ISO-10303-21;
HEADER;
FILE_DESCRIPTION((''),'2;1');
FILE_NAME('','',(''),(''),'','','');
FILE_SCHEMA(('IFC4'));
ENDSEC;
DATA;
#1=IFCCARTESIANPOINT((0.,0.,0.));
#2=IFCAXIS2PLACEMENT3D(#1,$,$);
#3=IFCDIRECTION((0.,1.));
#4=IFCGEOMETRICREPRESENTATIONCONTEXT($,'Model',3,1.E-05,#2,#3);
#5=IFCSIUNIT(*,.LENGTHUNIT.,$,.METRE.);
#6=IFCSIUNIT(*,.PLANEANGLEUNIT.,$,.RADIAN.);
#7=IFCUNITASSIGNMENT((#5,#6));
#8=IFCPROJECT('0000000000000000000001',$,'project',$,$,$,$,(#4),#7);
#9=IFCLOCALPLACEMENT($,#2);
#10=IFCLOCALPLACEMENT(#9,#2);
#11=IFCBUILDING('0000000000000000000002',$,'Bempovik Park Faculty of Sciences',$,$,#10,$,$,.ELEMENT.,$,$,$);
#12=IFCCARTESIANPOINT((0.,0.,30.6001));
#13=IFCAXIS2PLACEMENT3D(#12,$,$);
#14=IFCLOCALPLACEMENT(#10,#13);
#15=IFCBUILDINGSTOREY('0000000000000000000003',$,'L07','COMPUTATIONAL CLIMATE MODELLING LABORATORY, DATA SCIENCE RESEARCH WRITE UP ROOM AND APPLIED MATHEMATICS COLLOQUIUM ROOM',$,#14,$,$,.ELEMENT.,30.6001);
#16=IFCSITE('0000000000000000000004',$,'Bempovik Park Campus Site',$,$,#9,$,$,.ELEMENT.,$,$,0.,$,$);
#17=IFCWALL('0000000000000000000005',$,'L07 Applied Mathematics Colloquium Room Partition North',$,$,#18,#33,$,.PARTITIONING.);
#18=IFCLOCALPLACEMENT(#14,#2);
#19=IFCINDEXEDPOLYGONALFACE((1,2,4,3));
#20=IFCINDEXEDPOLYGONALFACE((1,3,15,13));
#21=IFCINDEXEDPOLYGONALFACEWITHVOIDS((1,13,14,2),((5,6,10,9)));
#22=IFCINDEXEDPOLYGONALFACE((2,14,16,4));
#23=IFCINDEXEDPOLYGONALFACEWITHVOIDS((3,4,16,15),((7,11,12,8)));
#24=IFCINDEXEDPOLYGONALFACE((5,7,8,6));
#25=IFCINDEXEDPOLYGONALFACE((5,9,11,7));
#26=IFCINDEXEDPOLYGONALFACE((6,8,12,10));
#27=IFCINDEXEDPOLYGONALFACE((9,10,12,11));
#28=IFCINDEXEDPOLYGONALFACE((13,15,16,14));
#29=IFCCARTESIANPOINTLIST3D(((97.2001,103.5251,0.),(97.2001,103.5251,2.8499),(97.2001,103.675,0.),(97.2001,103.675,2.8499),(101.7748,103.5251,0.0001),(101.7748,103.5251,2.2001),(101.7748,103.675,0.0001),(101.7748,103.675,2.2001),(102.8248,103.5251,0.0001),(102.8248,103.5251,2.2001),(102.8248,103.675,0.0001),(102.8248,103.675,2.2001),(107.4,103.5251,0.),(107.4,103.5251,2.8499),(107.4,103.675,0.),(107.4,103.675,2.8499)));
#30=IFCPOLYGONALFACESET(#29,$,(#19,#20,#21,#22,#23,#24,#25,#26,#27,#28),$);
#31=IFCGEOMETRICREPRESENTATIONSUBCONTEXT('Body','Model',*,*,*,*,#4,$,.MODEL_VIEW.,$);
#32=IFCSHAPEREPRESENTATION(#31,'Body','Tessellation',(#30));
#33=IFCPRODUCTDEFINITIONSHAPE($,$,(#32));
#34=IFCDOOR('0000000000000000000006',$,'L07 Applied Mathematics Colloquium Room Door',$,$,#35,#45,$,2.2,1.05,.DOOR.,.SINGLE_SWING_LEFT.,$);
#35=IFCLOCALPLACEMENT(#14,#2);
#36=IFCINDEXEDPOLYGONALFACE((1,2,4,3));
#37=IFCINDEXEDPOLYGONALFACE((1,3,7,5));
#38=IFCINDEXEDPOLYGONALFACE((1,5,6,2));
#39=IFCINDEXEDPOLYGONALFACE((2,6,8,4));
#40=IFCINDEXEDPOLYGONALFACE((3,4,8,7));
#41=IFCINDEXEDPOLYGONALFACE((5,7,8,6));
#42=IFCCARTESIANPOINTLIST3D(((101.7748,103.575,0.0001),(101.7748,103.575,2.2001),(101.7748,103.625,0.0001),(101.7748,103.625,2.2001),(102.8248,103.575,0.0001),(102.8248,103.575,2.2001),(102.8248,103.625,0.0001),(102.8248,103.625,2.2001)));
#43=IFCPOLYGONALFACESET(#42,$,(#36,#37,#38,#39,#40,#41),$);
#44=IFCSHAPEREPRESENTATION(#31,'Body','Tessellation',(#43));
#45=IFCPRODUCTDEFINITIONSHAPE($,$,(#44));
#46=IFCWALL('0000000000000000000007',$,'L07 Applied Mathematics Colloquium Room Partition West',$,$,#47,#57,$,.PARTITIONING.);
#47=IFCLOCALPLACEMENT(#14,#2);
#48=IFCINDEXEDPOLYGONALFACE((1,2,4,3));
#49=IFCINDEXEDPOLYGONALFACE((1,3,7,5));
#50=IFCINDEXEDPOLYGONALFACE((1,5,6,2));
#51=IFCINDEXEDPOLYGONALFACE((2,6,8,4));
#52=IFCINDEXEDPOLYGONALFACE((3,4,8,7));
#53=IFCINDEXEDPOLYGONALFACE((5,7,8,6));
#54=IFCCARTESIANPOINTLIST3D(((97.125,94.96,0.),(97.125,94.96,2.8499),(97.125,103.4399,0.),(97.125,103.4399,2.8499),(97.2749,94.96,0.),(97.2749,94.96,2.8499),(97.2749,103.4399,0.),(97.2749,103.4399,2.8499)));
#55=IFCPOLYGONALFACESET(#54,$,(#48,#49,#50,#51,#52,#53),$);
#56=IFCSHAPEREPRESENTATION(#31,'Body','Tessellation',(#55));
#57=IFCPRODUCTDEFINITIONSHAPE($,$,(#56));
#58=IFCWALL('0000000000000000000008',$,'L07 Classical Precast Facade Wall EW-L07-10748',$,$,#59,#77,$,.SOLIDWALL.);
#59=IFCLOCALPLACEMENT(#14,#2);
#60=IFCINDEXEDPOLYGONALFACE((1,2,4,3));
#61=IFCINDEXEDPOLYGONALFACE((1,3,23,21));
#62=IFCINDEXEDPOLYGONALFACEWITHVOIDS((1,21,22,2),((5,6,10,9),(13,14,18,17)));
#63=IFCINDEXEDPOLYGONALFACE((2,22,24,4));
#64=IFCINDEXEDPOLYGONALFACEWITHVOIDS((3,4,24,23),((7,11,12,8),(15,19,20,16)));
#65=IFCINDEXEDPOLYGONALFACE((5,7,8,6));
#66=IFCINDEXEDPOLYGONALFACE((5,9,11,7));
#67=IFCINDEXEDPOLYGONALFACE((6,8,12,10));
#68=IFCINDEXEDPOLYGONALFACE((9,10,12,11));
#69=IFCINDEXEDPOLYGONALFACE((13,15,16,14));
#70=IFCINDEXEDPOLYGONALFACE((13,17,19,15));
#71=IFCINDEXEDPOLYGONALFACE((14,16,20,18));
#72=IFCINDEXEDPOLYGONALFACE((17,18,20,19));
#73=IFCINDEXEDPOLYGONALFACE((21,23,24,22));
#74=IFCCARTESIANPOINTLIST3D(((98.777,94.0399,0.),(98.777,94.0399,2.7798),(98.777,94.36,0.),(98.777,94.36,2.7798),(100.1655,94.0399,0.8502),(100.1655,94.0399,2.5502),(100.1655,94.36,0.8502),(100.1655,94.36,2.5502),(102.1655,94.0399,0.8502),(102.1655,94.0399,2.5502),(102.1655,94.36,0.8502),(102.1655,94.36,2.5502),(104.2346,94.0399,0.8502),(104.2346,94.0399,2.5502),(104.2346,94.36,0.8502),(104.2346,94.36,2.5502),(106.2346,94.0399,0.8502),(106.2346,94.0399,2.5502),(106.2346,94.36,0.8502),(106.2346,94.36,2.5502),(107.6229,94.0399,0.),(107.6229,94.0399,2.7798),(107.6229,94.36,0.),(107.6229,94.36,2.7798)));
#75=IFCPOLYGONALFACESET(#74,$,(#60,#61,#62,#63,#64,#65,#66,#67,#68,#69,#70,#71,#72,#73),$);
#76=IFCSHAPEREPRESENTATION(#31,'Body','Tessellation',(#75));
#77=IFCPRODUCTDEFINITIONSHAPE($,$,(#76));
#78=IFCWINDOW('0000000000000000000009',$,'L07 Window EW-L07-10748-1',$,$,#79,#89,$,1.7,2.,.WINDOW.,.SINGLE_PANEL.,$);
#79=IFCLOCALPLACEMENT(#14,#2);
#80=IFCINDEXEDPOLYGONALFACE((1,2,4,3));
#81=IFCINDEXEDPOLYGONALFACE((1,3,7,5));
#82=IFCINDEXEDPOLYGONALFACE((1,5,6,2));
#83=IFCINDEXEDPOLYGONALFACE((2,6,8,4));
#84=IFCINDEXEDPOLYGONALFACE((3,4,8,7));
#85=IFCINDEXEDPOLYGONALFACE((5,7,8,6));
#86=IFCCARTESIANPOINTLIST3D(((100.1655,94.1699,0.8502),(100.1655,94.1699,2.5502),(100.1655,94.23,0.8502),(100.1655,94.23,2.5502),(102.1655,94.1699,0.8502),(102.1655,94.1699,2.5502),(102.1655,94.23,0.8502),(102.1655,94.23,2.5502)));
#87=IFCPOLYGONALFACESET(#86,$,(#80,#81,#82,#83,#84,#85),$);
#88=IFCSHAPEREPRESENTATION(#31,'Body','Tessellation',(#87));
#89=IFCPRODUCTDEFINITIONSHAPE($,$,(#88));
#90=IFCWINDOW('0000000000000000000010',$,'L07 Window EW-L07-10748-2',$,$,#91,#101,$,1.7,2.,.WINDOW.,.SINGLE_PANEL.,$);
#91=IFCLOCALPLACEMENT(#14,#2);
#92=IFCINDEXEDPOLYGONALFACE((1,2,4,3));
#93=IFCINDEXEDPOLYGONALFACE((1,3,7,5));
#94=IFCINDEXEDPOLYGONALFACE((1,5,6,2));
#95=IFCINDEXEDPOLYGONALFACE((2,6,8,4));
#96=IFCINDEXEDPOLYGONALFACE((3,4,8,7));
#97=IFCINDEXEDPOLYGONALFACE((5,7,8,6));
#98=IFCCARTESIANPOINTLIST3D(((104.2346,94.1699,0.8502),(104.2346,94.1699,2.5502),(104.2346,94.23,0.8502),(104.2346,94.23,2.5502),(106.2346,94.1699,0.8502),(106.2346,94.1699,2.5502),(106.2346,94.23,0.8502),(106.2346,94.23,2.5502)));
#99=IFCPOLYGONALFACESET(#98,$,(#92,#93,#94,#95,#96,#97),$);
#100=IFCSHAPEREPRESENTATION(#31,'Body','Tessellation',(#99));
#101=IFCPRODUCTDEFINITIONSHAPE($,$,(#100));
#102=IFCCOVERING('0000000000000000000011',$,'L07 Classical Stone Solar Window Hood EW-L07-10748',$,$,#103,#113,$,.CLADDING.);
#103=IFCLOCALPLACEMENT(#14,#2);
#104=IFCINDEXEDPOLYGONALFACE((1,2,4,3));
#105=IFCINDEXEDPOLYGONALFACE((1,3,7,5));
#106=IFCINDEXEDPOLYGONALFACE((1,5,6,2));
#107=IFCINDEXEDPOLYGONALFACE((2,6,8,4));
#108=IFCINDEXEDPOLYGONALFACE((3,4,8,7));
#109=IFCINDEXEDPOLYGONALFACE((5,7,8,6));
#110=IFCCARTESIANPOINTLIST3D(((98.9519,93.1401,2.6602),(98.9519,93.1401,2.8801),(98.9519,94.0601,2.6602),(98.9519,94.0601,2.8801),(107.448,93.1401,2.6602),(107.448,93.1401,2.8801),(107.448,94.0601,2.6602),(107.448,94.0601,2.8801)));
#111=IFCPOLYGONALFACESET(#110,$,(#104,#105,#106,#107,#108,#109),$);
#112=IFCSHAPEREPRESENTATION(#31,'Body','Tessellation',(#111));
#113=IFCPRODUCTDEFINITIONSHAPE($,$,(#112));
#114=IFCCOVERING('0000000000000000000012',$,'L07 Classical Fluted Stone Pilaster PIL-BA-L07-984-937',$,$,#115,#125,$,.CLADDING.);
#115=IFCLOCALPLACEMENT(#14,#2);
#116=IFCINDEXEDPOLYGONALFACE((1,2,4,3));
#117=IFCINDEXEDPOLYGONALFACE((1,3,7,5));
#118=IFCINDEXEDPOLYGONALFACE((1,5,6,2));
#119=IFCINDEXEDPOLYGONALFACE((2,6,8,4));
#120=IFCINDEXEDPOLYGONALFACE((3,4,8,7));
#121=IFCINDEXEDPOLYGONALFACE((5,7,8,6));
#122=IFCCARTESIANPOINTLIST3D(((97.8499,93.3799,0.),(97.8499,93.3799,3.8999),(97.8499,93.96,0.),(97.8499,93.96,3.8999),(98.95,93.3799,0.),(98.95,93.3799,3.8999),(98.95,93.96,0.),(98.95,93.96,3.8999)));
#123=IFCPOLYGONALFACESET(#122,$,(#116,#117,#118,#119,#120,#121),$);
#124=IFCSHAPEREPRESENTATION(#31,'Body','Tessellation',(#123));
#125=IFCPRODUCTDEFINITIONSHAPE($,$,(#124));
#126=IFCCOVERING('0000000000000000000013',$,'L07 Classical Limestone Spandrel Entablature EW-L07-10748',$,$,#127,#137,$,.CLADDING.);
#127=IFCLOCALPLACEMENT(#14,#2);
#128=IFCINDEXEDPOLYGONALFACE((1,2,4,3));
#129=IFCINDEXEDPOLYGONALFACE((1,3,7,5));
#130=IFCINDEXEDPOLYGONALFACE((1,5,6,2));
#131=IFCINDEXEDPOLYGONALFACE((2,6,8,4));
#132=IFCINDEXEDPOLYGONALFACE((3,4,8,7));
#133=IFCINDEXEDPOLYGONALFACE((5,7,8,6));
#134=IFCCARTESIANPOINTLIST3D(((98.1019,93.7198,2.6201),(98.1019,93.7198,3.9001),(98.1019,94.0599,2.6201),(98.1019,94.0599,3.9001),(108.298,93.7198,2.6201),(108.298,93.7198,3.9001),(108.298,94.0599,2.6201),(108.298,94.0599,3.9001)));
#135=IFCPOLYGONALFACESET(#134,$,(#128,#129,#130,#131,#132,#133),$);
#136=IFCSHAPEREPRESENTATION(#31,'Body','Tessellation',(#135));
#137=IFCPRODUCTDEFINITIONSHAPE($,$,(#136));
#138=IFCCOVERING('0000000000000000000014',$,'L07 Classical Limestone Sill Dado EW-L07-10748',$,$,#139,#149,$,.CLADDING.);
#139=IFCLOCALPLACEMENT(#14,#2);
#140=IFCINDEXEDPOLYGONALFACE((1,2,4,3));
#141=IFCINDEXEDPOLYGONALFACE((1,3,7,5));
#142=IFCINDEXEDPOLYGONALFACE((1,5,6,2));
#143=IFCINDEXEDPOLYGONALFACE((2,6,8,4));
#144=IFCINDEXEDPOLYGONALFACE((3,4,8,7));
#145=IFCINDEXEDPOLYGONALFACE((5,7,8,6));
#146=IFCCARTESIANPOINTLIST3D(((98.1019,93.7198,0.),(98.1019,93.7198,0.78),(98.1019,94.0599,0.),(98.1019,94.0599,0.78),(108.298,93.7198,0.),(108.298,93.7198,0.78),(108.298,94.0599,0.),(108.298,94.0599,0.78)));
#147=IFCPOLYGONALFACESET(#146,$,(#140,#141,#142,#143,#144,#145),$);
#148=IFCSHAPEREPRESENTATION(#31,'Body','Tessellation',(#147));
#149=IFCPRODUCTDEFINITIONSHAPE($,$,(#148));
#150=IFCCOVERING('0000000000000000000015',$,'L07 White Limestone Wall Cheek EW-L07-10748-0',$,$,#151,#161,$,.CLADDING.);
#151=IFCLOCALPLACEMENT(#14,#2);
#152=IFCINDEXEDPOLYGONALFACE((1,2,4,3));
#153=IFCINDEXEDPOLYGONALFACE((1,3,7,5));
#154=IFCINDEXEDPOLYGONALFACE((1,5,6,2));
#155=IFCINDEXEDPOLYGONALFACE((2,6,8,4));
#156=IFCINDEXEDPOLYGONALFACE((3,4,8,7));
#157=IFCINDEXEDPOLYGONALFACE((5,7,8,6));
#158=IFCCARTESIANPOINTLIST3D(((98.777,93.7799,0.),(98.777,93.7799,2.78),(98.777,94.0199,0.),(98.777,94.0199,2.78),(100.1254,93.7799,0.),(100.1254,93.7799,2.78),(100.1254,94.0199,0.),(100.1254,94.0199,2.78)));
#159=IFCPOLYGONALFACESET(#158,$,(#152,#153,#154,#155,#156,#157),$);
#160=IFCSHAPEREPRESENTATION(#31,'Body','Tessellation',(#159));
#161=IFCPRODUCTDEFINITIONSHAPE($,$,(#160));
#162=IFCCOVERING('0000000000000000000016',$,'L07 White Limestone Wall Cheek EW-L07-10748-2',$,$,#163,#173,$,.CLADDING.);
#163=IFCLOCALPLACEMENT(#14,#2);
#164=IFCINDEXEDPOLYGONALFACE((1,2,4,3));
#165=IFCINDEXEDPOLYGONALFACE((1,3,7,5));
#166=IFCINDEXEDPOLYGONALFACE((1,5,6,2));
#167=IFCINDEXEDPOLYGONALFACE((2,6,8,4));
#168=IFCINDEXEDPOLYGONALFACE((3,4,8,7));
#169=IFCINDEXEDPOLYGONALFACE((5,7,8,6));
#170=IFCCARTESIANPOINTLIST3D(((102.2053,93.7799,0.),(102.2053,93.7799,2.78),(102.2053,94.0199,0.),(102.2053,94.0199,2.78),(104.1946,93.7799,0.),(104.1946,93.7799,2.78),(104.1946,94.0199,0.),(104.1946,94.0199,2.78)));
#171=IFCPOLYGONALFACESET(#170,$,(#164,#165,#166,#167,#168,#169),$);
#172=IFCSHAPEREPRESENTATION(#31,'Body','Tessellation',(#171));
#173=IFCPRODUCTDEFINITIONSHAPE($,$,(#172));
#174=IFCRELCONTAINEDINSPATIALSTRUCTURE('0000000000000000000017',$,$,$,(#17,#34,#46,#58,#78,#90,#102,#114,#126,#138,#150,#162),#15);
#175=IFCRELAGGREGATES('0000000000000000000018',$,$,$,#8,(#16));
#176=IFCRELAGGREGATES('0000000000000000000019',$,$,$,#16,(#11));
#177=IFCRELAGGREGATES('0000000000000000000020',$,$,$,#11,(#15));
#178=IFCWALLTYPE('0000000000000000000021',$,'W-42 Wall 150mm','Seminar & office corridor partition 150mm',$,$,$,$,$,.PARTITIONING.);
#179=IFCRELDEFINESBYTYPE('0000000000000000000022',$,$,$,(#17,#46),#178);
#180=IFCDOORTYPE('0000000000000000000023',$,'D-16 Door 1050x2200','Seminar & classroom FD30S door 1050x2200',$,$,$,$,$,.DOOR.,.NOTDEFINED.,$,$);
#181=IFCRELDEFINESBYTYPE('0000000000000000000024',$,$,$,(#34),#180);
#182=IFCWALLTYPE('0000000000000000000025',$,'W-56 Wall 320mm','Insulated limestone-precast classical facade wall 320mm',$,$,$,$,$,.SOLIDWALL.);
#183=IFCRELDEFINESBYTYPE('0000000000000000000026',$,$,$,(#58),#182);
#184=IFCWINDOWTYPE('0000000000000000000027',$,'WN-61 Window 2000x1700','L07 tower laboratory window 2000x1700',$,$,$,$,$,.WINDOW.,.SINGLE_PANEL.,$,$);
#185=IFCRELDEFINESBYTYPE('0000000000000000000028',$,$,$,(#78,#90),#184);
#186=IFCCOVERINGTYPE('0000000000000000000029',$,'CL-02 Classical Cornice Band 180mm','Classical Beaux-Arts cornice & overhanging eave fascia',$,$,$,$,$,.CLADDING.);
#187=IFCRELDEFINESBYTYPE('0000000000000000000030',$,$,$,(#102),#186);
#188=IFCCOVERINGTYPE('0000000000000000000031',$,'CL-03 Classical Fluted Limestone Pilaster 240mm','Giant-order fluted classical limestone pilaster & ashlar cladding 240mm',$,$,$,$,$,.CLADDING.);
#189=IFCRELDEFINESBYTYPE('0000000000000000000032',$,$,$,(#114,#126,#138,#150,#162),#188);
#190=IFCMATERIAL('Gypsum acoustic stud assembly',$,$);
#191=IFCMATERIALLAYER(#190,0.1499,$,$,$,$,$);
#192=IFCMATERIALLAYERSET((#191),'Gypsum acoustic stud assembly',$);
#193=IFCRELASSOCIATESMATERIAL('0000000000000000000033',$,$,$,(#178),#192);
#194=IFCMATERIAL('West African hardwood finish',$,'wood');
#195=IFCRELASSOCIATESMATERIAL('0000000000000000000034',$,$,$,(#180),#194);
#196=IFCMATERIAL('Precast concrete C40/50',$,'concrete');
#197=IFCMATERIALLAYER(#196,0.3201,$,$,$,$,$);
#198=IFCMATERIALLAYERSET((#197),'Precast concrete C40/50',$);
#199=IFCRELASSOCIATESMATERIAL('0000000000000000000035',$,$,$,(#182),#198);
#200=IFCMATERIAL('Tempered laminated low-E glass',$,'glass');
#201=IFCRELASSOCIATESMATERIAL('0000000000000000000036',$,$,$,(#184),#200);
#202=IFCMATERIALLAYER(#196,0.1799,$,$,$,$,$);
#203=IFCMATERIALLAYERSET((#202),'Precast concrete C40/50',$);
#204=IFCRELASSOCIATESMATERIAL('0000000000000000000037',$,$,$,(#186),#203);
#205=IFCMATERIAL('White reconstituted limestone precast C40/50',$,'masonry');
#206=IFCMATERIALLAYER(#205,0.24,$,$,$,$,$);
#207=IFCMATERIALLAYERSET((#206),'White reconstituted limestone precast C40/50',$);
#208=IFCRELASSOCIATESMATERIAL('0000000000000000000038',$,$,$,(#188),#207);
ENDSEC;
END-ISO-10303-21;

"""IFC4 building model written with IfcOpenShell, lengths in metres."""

from ifc_helpers import new_model, si_unit, direction, frame, frame_2d, origin, origin_2d, place, context, subcontext, project, spatial, rectangle, extrude, material, layer, layer_set, type_object, element, fill, save


model = new_model("IFC4")

# Units and contexts
model_context = context("Model", 3, precision=1e-05, world=origin(), true_north=direction((0.0, 1.0)))
body_context = subcontext(model_context, "Body", "Model", "MODEL_VIEW")
ifc_project = project(units=[si_unit("LENGTHUNIT", "METRE"), si_unit("PLANEANGLEUNIT", "RADIAN")], contexts=[model_context])

# Site, building, storey
site_placement = place(None, origin())
site = spatial("IfcSite", under=ifc_project, at=site_placement, Name="Bempovik Park Campus Site", CompositionType="ELEMENT", RefElevation=0.0)
building_placement = place(site_placement, origin())
building = spatial("IfcBuilding", under=site, at=building_placement, Name="Bempovik Park Faculty of Sciences", CompositionType="ELEMENT")
storey_placement = place(building_placement, frame((0.0, 0.0, 30.6001)))
storey = spatial("IfcBuildingStorey", under=building, at=storey_placement, Name="L07", Description="COMPUTATIONAL CLIMATE MODELLING LABORATORY, DATA SCIENCE RESEARCH WRITE UP ROOM AND APPLIED MATHEMATICS COLLOQUIUM ROOM", CompositionType="ELEMENT", Elevation=30.6001)

# Wall, opening, door
ifc_material_1 = material(Name="Gypsum acoustic stud assembly")
ifc_layer_1 = layer(ifc_material_1, 0.1499)
ifc_layer_set_1 = layer_set([ifc_layer_1], Name="Gypsum acoustic stud assembly")
wall_type_1 = type_object("IfcWallType", Name="W-42 Wall 150mm", Description="Seminar & office corridor partition 150mm", PredefinedType="PARTITIONING", material=ifc_layer_set_1)
wall_1_placement = place(storey_placement, frame((97.2, 103.6001, 0.0), z_axis=(0.0, 0.0, 1.0), x_axis=(1.0, 0.0, 0.0)))
wall_1 = element("IfcWall", 1, at=wall_1_placement, inside=storey, type_object=wall_type_1, Name="L07 Applied Mathematics Colloquium Room Partition North", PredefinedType="PARTITIONING", context=body_context, shape_type="SweptSolid", body=[
    extrude(rectangle(XDim=10.2, YDim=0.1499, at=frame_2d((5.1001, 0.0))), origin(), (0.0, 0.0, 1.0), 2.8499),
])
opening_1_placement = place(wall_1_placement, frame((4.575, 0.0, 0.0)))
opening_1 = element("IfcOpeningElement", 2, at=opening_1_placement, cuts=wall_1, PredefinedType="OPENING", context=body_context, shape_type="SweptSolid", body=[
    extrude(rectangle(XDim=1.05, YDim=2.2, at=frame_2d((0.5249, 1.1001))), frame((0.0, 0.085, 0.0), z_axis=(0.0, -1.0, 0.0), x_axis=(1.0, 0.0, 0.0)), (0.0, 0.0, 1.0), 0.1699),
])
ifc_material_2 = material(Name="West African hardwood finish", Category="wood")
door_type_1 = type_object("IfcDoorType", Name="D-16 Door 1050x2200", Description="Seminar & classroom FD30S door 1050x2200", OperationType="NOTDEFINED", PredefinedType="DOOR", material=ifc_material_2)
door_1_placement = place(opening_1_placement, origin())
door_1 = element("IfcDoor", 3, at=door_1_placement, inside=storey, type_object=door_type_1, Name="L07 Applied Mathematics Colloquium Room Door", OperationType="SINGLE_SWING_LEFT", OverallHeight=2.2, OverallWidth=1.05, PredefinedType="DOOR", context=body_context, shape_type="SweptSolid", body=[
    extrude(rectangle(XDim=1.05, YDim=2.2, at=frame_2d((0.5249, 1.1001))), frame((0.0, 0.0249, 0.0), z_axis=(0.0, -1.0, 0.0), x_axis=(1.0, 0.0, 0.0)), (0.0, 0.0, 1.0), 0.05),
])
fill(opening_1, door_1)

# Wall
wall_2_placement = place(storey_placement, frame((97.2, 94.96, 0.0), z_axis=(0.0, 0.0, 1.0), x_axis=(0.0, 1.0, 0.0)))
element("IfcWall", 4, at=wall_2_placement, inside=storey, type_object=wall_type_1, Name="L07 Applied Mathematics Colloquium Room Partition West", PredefinedType="PARTITIONING", context=body_context, shape_type="SweptSolid", body=[
    extrude(rectangle(XDim=8.48, YDim=0.1499, at=frame_2d((4.24, 0.0))), origin(), (0.0, 0.0, 1.0), 2.8499),
])

# Wall, openings, windows
ifc_material_3 = material(Name="Precast concrete C40/50", Category="concrete")
ifc_layer_2 = layer(ifc_material_3, 0.3201)
ifc_layer_set_2 = layer_set([ifc_layer_2], Name="Precast concrete C40/50")
wall_type_2 = type_object("IfcWallType", Name="W-56 Wall 320mm", Description="Insulated limestone-precast classical facade wall 320mm", PredefinedType="SOLIDWALL", material=ifc_layer_set_2)
wall_3_placement = place(storey_placement, frame((98.7771, 94.2, 0.0), z_axis=(0.0, 0.0, 1.0), x_axis=(1.0, 0.0, 0.0)))
wall_3 = element("IfcWall", 5, at=wall_3_placement, inside=storey, type_object=wall_type_2, Name="L07 Classical Precast Facade Wall EW-L07-10748", PredefinedType="SOLIDWALL", context=body_context, shape_type="SweptSolid", body=[
    extrude(rectangle(XDim=8.8459, YDim=0.3201, at=frame_2d((4.4229, 0.0))), origin(), (0.0, 0.0, 1.0), 2.7798),
])
opening_2_placement = place(wall_3_placement, frame((1.3884, 0.0, 0.8501)))
opening_2 = element("IfcOpeningElement", 6, at=opening_2_placement, cuts=wall_3, PredefinedType="OPENING", context=body_context, shape_type="SweptSolid", body=[
    extrude(rectangle(XDim=2.0, YDim=1.7, at=frame_2d((1.0, 0.8501))), frame((0.0, 0.1699, 0.0), z_axis=(0.0, -1.0, 0.0), x_axis=(1.0, 0.0, 0.0)), (0.0, 0.0, 1.0), 0.3401),
])
opening_3_placement = place(wall_3_placement, frame((5.4575, 0.0, 0.8501)))
opening_3 = element("IfcOpeningElement", 7, at=opening_3_placement, cuts=wall_3, PredefinedType="OPENING", context=body_context, shape_type="SweptSolid", body=[
    extrude(rectangle(XDim=2.0, YDim=1.7, at=frame_2d((1.0, 0.8501))), frame((0.0, 0.1699, 0.0), z_axis=(0.0, -1.0, 0.0), x_axis=(1.0, 0.0, 0.0)), (0.0, 0.0, 1.0), 0.3401),
])
ifc_material_4 = material(Name="Tempered laminated low-E glass", Category="glass")
window_type = type_object("IfcWindowType", Name="WN-61 Window 2000x1700", Description="L07 tower laboratory window 2000x1700", PartitioningType="SINGLE_PANEL", PredefinedType="WINDOW", material=ifc_material_4)
window_1_placement = place(opening_2_placement, origin())
window_1 = element("IfcWindow", 8, at=window_1_placement, inside=storey, type_object=window_type, Name="L07 Window EW-L07-10748-1", OverallHeight=1.7, OverallWidth=2.0, PartitioningType="SINGLE_PANEL", PredefinedType="WINDOW", context=body_context, shape_type="SweptSolid", body=[
    extrude(rectangle(XDim=2.0, YDim=1.7, at=frame_2d((1.0, 0.8501))), frame((0.0, 0.03, 0.0), z_axis=(0.0, -1.0, 0.0), x_axis=(1.0, 0.0, 0.0)), (0.0, 0.0, 1.0), 0.0601),
])
fill(opening_2, window_1)
window_2_placement = place(opening_3_placement, origin())
window_2 = element("IfcWindow", 9, at=window_2_placement, inside=storey, type_object=window_type, Name="L07 Window EW-L07-10748-2", OverallHeight=1.7, OverallWidth=2.0, PartitioningType="SINGLE_PANEL", PredefinedType="WINDOW", context=body_context, shape_type="SweptSolid", body=[
    extrude(rectangle(XDim=2.0, YDim=1.7, at=frame_2d((1.0, 0.8501))), frame((0.0, 0.03, 0.0), z_axis=(0.0, -1.0, 0.0), x_axis=(1.0, 0.0, 0.0)), (0.0, 0.0, 1.0), 0.0601),
])
fill(opening_3, window_2)

# Coverings
ifc_layer_3 = layer(ifc_material_3, 0.1799)
ifc_layer_set_3 = layer_set([ifc_layer_3], Name="Precast concrete C40/50")
covering_type_1 = type_object("IfcCoveringType", Name="CL-02 Classical Cornice Band 180mm", Description="Classical Beaux-Arts cornice & overhanging eave fascia", PredefinedType="CLADDING", material=ifc_layer_set_3)
covering_1_placement = place(storey_placement, frame((103.2, 93.6001, 2.6602), z_axis=(0.0, 0.0, 1.0), x_axis=(1.0, 0.0, 0.0)))
element("IfcCovering", 10, at=covering_1_placement, inside=storey, type_object=covering_type_1, Name="L07 Classical Stone Solar Window Hood EW-L07-10748", PredefinedType="CLADDING", context=body_context, shape_type="SweptSolid", body=[
    extrude(rectangle(XDim=8.4961, YDim=0.9199, at=origin_2d()), origin(), (0.0, 0.0, 1.0), 0.22),
])
ifc_material_5 = material(Name="White reconstituted limestone precast C40/50", Category="masonry")
ifc_layer_4 = layer(ifc_material_5, 0.24)
ifc_layer_set_4 = layer_set([ifc_layer_4], Name="White reconstituted limestone precast C40/50")
covering_type_2 = type_object("IfcCoveringType", Name="CL-03 Classical Fluted Limestone Pilaster 240mm", Description="Giant-order fluted classical limestone pilaster & ashlar cladding 240mm", PredefinedType="CLADDING", material=ifc_layer_set_4)
covering_2_placement = place(storey_placement, frame((98.3999, 93.6699, 0.0), z_axis=(0.0, 0.0, 1.0), x_axis=(1.0, 0.0, 0.0)))
element("IfcCovering", 11, at=covering_2_placement, inside=storey, type_object=covering_type_2, Name="L07 Classical Fluted Stone Pilaster PIL-BA-L07-984-937", PredefinedType="CLADDING", context=body_context, shape_type="SweptSolid", body=[
    extrude(rectangle(XDim=1.1001, YDim=0.5801, at=origin_2d()), origin(), (0.0, 0.0, 1.0), 3.8999),
])
covering_3_placement = place(storey_placement, frame((103.2, 93.8899, 2.6201), z_axis=(0.0, 0.0, 1.0), x_axis=(1.0, 0.0, 0.0)))
element("IfcCovering", 12, at=covering_3_placement, inside=storey, type_object=covering_type_2, Name="L07 Classical Limestone Spandrel Entablature EW-L07-10748", PredefinedType="CLADDING", context=body_context, shape_type="SweptSolid", body=[
    extrude(rectangle(XDim=10.196, YDim=0.3401, at=origin_2d()), origin(), (0.0, 0.0, 1.0), 1.28),
])
covering_4_placement = place(storey_placement, frame((103.2, 93.8899, 0.0), z_axis=(0.0, 0.0, 1.0), x_axis=(1.0, 0.0, 0.0)))
element("IfcCovering", 13, at=covering_4_placement, inside=storey, type_object=covering_type_2, Name="L07 Classical Limestone Sill Dado EW-L07-10748", PredefinedType="CLADDING", context=body_context, shape_type="SweptSolid", body=[
    extrude(rectangle(XDim=10.196, YDim=0.3401, at=origin_2d()), origin(), (0.0, 0.0, 1.0), 0.78),
])
covering_5_placement = place(storey_placement, frame((99.4512, 93.8999, 0.0), z_axis=(0.0, 0.0, 1.0), x_axis=(1.0, 0.0, 0.0)))
element("IfcCovering", 14, at=covering_5_placement, inside=storey, type_object=covering_type_2, Name="L07 White Limestone Wall Cheek EW-L07-10748-0", PredefinedType="CLADDING", context=body_context, shape_type="SweptSolid", body=[
    extrude(rectangle(XDim=1.3484, YDim=0.24, at=origin_2d()), origin(), (0.0, 0.0, 1.0), 2.78),
])
covering_6_placement = place(storey_placement, frame((103.2, 93.8999, 0.0), z_axis=(0.0, 0.0, 1.0), x_axis=(1.0, 0.0, 0.0)))
element("IfcCovering", 15, at=covering_6_placement, inside=storey, type_object=covering_type_2, Name="L07 White Limestone Wall Cheek EW-L07-10748-2", PredefinedType="CLADDING", context=body_context, shape_type="SweptSolid", body=[
    extrude(rectangle(XDim=1.9893, YDim=0.24, at=origin_2d()), origin(), (0.0, 0.0, 1.0), 2.78),
])

save(model, "model.ifc")
